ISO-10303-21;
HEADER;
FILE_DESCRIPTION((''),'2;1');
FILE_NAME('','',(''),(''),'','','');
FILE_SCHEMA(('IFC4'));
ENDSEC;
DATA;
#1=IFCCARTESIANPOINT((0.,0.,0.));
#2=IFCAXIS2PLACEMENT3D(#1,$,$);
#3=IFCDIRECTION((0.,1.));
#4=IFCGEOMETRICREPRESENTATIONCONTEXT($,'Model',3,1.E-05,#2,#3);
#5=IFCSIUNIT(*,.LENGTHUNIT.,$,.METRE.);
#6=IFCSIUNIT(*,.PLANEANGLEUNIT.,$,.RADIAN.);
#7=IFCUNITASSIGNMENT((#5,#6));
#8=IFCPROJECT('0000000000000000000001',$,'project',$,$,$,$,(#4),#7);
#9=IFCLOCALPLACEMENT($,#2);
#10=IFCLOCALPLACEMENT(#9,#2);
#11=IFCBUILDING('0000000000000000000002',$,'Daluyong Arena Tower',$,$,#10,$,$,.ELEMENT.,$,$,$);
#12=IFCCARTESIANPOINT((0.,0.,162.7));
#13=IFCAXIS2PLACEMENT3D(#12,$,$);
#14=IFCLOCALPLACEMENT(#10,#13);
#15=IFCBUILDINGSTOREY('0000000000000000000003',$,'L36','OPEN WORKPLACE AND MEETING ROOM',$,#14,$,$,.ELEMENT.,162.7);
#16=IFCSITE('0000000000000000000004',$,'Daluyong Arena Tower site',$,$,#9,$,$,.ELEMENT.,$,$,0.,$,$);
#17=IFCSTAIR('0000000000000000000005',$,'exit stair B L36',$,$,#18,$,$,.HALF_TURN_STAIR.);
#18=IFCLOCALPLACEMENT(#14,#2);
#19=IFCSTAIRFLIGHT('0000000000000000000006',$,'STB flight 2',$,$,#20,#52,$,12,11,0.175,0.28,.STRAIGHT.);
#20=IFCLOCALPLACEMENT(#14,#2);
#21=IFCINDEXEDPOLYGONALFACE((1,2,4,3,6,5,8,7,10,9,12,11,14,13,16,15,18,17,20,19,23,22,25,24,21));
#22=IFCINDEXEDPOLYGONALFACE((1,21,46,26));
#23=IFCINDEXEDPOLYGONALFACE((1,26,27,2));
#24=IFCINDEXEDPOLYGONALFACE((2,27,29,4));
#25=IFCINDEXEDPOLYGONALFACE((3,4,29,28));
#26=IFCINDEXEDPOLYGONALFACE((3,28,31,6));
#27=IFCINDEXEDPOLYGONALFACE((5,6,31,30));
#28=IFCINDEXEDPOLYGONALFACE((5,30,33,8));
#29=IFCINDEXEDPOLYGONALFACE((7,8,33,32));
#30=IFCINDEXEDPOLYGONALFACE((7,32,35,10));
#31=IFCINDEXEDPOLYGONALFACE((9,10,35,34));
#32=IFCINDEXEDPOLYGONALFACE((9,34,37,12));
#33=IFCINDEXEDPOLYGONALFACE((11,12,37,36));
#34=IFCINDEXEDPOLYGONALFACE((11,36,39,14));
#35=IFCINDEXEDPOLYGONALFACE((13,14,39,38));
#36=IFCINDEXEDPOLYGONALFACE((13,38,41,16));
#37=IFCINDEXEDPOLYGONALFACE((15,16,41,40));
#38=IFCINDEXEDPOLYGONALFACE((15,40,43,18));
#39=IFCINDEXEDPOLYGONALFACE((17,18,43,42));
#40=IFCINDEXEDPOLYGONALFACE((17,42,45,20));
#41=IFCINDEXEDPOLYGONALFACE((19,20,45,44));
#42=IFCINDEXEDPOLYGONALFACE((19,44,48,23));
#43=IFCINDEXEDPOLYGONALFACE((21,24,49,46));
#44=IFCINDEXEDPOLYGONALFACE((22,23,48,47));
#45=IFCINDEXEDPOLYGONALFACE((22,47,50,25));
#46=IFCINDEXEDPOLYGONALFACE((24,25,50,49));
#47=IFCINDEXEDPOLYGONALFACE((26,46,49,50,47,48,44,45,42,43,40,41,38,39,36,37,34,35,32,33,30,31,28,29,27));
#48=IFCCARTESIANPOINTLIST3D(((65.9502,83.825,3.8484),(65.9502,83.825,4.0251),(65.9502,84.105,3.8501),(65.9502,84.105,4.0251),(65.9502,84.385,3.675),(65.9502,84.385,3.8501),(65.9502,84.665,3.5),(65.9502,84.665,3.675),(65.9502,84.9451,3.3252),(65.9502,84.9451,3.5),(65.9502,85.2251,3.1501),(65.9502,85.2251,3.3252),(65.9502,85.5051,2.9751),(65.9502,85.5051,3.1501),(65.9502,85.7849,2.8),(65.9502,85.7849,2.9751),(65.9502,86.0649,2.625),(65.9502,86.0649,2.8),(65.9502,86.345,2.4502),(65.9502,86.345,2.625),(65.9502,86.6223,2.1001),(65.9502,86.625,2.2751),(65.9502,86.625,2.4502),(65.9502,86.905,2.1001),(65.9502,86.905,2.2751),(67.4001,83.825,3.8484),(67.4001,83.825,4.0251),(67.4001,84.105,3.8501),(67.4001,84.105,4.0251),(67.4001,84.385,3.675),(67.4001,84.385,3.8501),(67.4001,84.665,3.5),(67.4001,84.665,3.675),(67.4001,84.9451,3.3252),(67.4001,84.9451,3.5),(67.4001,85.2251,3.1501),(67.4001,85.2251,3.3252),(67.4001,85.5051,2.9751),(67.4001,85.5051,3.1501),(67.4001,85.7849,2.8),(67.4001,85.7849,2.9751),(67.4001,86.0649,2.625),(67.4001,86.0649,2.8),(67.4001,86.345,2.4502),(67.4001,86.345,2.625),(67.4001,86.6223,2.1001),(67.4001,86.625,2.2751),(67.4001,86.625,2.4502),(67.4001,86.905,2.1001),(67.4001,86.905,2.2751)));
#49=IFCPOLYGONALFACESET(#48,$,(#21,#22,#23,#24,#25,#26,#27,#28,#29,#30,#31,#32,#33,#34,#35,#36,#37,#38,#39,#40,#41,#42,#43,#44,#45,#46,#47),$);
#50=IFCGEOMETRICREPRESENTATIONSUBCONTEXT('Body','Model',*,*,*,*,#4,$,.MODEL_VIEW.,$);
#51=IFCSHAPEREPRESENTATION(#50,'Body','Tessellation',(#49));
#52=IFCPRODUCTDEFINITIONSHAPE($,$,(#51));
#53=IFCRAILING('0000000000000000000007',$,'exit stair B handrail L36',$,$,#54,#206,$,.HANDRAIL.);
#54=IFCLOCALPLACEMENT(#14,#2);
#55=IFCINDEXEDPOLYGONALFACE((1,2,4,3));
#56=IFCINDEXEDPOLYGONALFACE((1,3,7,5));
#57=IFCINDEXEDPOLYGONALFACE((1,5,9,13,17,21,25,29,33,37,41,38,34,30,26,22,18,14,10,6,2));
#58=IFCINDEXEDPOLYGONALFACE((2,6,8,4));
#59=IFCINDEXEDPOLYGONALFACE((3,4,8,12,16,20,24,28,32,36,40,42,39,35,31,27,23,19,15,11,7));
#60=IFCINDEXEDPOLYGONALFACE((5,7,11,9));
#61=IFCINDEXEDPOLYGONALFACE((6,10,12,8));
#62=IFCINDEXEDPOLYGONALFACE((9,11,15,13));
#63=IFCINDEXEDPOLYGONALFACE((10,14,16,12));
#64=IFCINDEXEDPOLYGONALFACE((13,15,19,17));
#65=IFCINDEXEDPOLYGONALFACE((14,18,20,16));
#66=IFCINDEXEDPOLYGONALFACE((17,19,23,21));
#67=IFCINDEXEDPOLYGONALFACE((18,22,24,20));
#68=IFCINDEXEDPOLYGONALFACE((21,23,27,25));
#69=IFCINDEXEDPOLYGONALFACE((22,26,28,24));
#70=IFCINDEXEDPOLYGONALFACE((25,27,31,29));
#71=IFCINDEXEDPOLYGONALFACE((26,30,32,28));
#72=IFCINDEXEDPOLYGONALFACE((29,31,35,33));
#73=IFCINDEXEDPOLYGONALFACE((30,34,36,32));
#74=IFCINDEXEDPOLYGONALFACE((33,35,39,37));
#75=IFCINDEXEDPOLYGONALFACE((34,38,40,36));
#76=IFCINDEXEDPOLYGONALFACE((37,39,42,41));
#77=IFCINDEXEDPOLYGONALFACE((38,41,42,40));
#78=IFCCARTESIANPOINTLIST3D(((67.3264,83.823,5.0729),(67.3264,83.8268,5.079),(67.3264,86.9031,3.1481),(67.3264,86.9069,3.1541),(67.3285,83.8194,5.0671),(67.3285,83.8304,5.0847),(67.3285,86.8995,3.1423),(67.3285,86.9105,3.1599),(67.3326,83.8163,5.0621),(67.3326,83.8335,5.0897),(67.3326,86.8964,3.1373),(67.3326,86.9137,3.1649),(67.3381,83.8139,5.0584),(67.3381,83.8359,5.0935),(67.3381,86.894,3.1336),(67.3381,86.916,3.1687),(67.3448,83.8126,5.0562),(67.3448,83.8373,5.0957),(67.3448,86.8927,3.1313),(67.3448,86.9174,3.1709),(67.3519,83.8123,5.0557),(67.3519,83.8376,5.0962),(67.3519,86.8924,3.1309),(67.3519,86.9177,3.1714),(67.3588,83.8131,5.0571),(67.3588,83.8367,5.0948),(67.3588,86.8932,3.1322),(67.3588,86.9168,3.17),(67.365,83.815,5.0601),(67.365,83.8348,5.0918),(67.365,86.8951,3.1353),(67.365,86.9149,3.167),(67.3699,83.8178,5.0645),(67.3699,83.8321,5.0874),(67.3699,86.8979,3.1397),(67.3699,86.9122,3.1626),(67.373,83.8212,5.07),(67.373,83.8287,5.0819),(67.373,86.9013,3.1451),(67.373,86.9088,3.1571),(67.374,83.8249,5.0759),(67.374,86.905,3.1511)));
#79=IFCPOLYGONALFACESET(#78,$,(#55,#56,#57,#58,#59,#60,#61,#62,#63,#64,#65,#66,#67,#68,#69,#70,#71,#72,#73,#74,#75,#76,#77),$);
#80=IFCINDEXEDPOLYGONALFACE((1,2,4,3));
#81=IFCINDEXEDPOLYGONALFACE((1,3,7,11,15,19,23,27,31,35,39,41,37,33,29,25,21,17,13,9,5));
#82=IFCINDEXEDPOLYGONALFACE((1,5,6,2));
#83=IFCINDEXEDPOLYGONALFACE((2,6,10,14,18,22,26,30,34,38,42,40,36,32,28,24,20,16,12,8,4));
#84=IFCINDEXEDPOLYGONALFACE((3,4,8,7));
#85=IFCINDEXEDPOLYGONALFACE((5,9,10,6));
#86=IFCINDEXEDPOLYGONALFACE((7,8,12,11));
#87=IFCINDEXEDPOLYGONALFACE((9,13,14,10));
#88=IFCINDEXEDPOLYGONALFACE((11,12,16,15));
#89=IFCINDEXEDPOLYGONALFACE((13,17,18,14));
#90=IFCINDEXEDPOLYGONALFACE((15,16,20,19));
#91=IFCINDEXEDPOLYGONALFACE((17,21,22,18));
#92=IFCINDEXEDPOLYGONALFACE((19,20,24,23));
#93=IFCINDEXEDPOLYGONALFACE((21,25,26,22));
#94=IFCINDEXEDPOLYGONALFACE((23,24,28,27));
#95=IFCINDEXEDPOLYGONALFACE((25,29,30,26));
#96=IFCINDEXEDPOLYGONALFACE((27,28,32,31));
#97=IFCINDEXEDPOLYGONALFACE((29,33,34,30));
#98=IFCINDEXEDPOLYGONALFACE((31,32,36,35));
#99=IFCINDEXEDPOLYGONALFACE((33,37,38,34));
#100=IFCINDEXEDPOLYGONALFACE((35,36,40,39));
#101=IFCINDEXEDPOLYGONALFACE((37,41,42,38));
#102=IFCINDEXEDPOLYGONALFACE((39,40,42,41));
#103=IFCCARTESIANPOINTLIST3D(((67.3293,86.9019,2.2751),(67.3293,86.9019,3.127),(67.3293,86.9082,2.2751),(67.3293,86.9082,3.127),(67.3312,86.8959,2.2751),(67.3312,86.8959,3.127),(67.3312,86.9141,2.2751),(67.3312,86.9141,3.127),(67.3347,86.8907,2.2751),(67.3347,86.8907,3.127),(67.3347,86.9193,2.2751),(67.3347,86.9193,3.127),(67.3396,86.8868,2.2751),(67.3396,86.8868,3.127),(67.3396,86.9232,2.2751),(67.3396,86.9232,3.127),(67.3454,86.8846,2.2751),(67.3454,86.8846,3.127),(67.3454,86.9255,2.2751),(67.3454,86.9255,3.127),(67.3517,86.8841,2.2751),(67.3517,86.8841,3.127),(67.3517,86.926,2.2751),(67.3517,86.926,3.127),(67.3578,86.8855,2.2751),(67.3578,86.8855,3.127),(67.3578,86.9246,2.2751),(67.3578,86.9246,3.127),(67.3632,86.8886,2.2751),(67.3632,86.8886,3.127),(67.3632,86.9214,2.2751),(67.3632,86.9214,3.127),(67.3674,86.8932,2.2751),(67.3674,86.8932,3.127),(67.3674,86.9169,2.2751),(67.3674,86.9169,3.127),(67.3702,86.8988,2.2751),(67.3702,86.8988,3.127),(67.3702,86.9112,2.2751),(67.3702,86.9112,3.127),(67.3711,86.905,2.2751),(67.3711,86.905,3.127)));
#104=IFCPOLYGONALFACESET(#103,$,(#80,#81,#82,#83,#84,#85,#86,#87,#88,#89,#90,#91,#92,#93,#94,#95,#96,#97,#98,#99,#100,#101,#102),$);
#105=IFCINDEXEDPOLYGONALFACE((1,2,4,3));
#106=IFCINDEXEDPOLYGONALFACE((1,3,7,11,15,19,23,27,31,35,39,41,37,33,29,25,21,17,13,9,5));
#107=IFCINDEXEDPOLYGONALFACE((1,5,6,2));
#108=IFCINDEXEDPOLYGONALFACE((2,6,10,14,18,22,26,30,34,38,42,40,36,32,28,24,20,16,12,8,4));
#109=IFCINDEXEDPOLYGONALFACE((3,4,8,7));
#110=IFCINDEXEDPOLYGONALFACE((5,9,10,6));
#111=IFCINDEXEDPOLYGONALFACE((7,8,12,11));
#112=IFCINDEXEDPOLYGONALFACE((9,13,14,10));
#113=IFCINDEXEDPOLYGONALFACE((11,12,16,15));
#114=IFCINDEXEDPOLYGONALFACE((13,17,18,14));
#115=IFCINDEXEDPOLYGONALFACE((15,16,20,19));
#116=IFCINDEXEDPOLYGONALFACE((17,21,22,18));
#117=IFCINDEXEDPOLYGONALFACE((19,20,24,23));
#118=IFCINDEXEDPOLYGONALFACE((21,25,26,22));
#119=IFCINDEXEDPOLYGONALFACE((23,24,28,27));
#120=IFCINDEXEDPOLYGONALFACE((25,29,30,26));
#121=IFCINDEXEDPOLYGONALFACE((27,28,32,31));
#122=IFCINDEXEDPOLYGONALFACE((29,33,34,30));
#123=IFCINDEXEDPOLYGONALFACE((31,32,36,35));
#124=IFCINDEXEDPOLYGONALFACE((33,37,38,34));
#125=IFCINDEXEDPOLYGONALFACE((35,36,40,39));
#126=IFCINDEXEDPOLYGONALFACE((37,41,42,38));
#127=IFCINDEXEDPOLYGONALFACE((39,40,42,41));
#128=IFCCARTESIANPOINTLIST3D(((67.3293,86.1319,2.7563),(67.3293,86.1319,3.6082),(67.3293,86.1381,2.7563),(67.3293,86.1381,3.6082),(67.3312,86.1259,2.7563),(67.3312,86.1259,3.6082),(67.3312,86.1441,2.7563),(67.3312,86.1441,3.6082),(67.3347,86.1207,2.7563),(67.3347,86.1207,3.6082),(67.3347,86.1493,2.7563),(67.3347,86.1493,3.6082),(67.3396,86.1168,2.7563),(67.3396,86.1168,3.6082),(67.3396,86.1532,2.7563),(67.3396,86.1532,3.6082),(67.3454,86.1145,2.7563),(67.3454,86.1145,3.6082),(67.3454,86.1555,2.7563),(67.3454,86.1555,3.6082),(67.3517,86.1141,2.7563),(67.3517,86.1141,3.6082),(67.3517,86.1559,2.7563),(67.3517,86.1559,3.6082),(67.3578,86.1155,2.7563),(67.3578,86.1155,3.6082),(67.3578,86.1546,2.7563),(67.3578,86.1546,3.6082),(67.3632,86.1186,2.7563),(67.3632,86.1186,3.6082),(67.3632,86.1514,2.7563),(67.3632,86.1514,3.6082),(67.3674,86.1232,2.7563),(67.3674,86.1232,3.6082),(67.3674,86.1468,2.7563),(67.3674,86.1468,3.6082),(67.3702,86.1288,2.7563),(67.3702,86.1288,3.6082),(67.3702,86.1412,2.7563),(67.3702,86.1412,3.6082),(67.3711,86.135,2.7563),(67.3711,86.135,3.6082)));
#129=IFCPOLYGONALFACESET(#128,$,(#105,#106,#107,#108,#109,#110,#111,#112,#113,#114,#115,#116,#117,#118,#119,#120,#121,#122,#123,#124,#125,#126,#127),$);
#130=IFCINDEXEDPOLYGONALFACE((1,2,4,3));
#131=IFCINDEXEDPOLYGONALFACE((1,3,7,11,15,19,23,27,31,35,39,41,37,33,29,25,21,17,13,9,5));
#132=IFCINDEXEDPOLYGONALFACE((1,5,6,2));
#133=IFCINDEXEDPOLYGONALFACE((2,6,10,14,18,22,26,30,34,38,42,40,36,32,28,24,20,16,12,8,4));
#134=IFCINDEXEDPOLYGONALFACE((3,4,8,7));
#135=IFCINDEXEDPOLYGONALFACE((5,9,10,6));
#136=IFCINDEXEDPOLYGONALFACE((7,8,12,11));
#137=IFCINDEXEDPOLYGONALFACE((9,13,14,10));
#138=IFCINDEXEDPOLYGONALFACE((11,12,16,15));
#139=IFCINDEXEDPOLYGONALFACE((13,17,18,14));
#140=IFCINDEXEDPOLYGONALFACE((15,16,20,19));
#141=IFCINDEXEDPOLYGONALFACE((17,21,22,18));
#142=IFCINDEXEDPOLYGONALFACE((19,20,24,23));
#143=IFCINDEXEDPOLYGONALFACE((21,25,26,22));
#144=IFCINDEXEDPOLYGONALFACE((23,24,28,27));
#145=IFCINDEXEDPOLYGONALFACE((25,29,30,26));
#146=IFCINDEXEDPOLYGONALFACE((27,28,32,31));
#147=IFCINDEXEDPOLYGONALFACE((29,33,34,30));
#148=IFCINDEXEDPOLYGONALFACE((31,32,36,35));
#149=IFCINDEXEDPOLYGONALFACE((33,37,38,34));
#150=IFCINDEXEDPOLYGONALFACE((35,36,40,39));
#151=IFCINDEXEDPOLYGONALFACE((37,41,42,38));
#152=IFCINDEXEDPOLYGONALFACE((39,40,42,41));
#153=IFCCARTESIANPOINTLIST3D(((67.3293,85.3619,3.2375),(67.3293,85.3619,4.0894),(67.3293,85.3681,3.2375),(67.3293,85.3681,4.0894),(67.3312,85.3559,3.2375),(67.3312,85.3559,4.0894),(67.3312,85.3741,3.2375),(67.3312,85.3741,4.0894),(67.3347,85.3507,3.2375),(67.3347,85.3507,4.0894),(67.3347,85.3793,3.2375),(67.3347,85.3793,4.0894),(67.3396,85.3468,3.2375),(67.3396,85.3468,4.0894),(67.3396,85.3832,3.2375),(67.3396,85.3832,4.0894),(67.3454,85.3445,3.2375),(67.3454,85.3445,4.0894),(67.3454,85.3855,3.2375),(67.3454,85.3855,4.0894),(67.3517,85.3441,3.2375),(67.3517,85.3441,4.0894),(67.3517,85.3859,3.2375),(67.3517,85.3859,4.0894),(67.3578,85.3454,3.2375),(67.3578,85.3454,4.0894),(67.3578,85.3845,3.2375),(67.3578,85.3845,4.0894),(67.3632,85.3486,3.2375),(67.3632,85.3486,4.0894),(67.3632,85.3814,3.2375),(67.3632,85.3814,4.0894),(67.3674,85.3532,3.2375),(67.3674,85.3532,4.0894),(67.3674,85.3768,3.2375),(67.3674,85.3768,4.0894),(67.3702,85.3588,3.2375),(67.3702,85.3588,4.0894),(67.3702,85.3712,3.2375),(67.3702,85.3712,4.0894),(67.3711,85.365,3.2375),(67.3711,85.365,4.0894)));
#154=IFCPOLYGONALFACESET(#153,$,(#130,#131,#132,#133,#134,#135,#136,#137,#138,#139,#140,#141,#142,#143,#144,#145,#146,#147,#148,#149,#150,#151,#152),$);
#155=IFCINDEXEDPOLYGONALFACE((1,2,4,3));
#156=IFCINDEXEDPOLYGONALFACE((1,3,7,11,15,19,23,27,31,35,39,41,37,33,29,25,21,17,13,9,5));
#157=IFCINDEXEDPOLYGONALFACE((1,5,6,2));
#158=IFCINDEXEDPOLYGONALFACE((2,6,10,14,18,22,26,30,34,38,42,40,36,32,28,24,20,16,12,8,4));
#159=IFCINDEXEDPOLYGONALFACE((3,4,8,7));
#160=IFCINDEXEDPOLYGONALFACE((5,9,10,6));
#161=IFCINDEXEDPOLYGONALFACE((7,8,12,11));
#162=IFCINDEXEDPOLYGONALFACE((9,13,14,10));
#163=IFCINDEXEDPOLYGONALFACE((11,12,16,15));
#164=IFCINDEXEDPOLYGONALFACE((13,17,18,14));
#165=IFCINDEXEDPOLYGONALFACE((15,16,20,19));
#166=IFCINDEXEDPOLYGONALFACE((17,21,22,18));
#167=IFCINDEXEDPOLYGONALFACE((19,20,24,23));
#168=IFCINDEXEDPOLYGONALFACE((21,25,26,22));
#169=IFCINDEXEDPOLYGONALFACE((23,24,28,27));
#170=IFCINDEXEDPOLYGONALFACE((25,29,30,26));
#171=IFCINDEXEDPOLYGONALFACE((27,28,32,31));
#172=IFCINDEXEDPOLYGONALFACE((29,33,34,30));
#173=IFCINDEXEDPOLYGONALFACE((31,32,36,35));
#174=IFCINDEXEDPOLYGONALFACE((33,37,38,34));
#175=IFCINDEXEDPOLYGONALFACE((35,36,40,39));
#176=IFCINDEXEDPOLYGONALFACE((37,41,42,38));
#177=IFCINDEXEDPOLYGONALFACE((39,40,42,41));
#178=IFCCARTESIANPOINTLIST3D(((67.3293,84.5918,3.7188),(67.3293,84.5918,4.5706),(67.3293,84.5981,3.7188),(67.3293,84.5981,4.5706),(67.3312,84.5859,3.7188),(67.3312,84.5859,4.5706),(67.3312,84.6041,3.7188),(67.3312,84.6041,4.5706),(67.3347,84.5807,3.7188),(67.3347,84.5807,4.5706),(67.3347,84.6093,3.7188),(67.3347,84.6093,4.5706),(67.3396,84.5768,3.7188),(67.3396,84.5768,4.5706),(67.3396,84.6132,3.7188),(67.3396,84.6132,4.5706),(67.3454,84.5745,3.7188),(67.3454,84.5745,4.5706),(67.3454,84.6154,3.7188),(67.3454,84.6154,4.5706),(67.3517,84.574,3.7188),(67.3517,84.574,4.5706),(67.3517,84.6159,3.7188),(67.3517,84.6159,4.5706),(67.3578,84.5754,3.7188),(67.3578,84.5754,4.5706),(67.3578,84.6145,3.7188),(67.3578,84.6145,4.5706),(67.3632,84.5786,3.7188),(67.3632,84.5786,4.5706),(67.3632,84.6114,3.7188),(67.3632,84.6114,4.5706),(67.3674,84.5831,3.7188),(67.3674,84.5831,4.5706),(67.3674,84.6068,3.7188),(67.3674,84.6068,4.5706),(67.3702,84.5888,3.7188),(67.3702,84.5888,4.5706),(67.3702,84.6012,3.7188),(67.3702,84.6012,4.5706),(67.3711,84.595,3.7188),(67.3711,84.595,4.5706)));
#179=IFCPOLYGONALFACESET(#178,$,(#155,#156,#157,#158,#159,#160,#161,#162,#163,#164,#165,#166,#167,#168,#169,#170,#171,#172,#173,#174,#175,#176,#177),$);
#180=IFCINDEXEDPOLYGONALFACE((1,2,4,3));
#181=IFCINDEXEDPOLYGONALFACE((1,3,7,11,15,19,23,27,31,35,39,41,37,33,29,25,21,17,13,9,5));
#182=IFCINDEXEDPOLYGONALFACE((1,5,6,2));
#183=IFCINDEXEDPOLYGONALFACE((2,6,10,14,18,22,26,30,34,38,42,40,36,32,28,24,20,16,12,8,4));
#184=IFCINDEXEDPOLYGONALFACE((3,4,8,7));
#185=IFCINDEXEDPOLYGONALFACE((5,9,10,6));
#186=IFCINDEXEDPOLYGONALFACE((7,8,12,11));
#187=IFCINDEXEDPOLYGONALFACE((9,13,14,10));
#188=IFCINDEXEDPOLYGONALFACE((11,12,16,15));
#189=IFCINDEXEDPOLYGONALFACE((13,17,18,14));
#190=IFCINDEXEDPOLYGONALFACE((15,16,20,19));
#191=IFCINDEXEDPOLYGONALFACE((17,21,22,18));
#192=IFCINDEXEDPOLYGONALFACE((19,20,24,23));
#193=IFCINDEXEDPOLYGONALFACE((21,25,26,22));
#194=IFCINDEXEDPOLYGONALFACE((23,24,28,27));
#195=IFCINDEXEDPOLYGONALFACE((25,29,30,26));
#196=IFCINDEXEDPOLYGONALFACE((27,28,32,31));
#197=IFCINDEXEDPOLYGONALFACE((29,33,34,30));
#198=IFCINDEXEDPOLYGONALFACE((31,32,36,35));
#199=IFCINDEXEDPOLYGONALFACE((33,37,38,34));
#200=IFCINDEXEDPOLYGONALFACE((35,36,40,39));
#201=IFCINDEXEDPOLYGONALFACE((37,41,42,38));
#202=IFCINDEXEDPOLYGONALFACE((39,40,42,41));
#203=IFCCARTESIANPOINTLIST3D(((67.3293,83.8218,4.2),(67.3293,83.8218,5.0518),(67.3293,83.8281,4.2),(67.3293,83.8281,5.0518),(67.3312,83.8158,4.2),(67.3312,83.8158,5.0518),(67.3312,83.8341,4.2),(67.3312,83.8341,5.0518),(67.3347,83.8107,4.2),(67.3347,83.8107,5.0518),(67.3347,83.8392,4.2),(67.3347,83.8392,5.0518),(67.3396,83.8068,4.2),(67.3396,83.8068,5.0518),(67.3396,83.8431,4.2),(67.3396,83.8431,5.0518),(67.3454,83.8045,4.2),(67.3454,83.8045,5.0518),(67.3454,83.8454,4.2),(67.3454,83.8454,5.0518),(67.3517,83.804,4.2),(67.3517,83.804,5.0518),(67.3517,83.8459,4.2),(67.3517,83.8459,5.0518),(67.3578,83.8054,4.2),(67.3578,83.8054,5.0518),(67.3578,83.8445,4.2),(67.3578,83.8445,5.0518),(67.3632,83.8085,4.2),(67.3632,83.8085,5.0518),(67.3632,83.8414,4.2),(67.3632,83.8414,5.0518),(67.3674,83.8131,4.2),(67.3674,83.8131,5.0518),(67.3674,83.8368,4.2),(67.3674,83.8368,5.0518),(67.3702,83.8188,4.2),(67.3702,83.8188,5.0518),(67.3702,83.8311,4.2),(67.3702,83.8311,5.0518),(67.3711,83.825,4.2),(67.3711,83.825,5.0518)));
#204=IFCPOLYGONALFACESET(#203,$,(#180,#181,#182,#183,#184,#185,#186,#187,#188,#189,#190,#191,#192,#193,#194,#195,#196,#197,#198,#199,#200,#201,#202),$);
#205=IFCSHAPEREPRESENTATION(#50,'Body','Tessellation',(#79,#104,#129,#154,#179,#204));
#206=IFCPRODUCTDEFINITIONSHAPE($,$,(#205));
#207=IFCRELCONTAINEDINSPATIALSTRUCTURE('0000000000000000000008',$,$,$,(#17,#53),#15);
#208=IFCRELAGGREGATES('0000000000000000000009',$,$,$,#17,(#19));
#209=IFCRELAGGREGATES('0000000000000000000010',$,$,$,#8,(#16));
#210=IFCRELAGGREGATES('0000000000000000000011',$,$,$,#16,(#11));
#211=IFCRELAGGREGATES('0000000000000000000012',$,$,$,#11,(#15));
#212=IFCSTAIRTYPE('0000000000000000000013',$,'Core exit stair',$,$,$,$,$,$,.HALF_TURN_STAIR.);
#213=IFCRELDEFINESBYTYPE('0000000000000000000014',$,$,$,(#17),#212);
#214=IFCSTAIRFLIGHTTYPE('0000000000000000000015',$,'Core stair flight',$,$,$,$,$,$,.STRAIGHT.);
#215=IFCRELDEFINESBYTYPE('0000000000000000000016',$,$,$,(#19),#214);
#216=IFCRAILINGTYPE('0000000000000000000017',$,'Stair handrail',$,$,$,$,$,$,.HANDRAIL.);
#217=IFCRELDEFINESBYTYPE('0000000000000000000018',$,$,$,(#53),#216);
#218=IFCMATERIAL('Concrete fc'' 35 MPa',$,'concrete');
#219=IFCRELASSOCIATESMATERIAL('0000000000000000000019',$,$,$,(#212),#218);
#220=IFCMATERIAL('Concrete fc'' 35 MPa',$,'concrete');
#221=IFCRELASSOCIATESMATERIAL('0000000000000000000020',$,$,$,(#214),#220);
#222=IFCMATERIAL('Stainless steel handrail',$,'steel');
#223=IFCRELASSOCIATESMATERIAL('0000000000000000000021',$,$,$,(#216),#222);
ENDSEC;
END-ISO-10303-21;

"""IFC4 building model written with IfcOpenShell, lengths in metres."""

from ifc_helpers import new_model, si_unit, direction, frame, origin, origin_2d, place, context, subcontext, project, spatial, polyline, circle, outline, extrude, material, type_object, element, aggregate, save


model = new_model("IFC4")

# Units and contexts
model_context = context("Model", 3, precision=1e-05, world=origin(), true_north=direction((0.0, 1.0)))
body_context = subcontext(model_context, "Body", "Model", "MODEL_VIEW")
ifc_project = project(units=[si_unit("LENGTHUNIT", "METRE"), si_unit("PLANEANGLEUNIT", "RADIAN")], contexts=[model_context])

# Site, building, storey
site_placement = place(None, origin())
site = spatial("IfcSite", under=ifc_project, at=site_placement, Name="Daluyong Arena Tower site", CompositionType="ELEMENT", RefElevation=0.0)
building_placement = place(site_placement, origin())
building = spatial("IfcBuilding", under=site, at=building_placement, Name="Daluyong Arena Tower", CompositionType="ELEMENT")
storey_placement = place(building_placement, frame((0.0, 0.0, 162.7)))
storey = spatial("IfcBuildingStorey", under=building, at=storey_placement, Name="L36", Description="OPEN WORKPLACE AND MEETING ROOM", CompositionType="ELEMENT", Elevation=162.7)

# Stair, stair flight
ifc_material_1 = material(Name="Concrete fc' 35 MPa", Category="concrete")
stair_type = type_object("IfcStairType", Name="Core exit stair", PredefinedType="HALF_TURN_STAIR", material=ifc_material_1)
stair_placement = place(storey_placement, origin())
stair = element("IfcStair", 1, at=stair_placement, inside=storey, type_object=stair_type, Name="exit stair B L36", PredefinedType="HALF_TURN_STAIR")
ifc_material_2 = material(Name="Concrete fc' 35 MPa", Category="concrete")
stair_flight_type = type_object("IfcStairFlightType", Name="Core stair flight", PredefinedType="STRAIGHT", material=ifc_material_2)
stair_flight_placement = place(storey_placement, frame((66.675, 86.905, 2.1001), z_axis=(0.0, 0.0, 1.0), x_axis=(0.0, -1.0, 0.0)))
stair_flight = element("IfcStairFlight", 2, at=stair_flight_placement, type_object=stair_flight_type, Name="STB flight 2", NumberOfRisers=12, NumberOfTreads=11, PredefinedType="STRAIGHT", RiserHeight=0.175, TreadLength=0.28, context=body_context, shape_type="SweptSolid", body=[
    extrude(outline(polyline([(0.0, 0.0), (0.0, 0.175), (0.28, 0.175), (0.28, 0.3501), (0.5601, 0.3501), (0.5601, 0.5249), (0.8401, 0.5249), (0.8401, 0.7), (1.1201, 0.7), (1.1201, 0.875), (1.3999, 0.875), (1.3999, 1.05), (1.6799, 1.05), (1.6799, 1.2251), (1.96, 1.2251), (1.96, 1.3999), (2.24, 1.3999), (2.24, 1.575), (2.52, 1.575), (2.52, 1.75), (2.8, 1.75), (2.8, 1.925), (3.0801, 1.925), (3.0801, 2.1001), (3.0801, 1.7483), (0.2827, 0.0), (0.0, 0.0)])), frame((0.0, 0.7251, 0.0), z_axis=(0.0, -1.0, 0.0), x_axis=(1.0, 0.0, 0.0)), (0.0, 0.0, 1.0), 1.45),
])
aggregate(stair, [stair_flight])

# Railing
ifc_material_3 = material(Name="Stainless steel handrail", Category="steel")
railing_type_1 = type_object("IfcRailingType", Name="Stair handrail", PredefinedType="HANDRAIL", material=ifc_material_3)
railing_1_placement = place(storey_placement, frame((67.3501, 86.905, 2.2751)))
element("IfcRailing", 3, at=railing_1_placement, inside=storey, type_object=railing_type_1, Name="exit stair B handrail L36", PredefinedType="HANDRAIL", context=body_context, shape_type="SweptSolid", body=[
    extrude(circle(Radius=0.0239, at=origin_2d()), frame((0.0, 0.0, 0.876), z_axis=(0.0, -0.848029, 0.529951), x_axis=(1.0, 0.0, 0.0)), (0.0, 0.0, 1.0), 3.6321),
    extrude(circle(Radius=0.021, at=origin_2d()), origin(), (0.0, 0.0, 1.0), 0.8518),
    extrude(circle(Radius=0.021, at=origin_2d()), frame((0.0, -0.77, 0.4812)), (0.0, 0.0, 1.0), 0.8518),
    extrude(circle(Radius=0.021, at=origin_2d()), frame((0.0, -1.54, 0.9624)), (0.0, 0.0, 1.0), 0.8518),
    extrude(circle(Radius=0.021, at=origin_2d()), frame((0.0, -2.3101, 1.4436)), (0.0, 0.0, 1.0), 0.8518),
    extrude(circle(Radius=0.021, at=origin_2d()), frame((0.0, -3.0801, 1.9248)), (0.0, 0.0, 1.0), 0.8518),
])

save(model, "model.ifc")
